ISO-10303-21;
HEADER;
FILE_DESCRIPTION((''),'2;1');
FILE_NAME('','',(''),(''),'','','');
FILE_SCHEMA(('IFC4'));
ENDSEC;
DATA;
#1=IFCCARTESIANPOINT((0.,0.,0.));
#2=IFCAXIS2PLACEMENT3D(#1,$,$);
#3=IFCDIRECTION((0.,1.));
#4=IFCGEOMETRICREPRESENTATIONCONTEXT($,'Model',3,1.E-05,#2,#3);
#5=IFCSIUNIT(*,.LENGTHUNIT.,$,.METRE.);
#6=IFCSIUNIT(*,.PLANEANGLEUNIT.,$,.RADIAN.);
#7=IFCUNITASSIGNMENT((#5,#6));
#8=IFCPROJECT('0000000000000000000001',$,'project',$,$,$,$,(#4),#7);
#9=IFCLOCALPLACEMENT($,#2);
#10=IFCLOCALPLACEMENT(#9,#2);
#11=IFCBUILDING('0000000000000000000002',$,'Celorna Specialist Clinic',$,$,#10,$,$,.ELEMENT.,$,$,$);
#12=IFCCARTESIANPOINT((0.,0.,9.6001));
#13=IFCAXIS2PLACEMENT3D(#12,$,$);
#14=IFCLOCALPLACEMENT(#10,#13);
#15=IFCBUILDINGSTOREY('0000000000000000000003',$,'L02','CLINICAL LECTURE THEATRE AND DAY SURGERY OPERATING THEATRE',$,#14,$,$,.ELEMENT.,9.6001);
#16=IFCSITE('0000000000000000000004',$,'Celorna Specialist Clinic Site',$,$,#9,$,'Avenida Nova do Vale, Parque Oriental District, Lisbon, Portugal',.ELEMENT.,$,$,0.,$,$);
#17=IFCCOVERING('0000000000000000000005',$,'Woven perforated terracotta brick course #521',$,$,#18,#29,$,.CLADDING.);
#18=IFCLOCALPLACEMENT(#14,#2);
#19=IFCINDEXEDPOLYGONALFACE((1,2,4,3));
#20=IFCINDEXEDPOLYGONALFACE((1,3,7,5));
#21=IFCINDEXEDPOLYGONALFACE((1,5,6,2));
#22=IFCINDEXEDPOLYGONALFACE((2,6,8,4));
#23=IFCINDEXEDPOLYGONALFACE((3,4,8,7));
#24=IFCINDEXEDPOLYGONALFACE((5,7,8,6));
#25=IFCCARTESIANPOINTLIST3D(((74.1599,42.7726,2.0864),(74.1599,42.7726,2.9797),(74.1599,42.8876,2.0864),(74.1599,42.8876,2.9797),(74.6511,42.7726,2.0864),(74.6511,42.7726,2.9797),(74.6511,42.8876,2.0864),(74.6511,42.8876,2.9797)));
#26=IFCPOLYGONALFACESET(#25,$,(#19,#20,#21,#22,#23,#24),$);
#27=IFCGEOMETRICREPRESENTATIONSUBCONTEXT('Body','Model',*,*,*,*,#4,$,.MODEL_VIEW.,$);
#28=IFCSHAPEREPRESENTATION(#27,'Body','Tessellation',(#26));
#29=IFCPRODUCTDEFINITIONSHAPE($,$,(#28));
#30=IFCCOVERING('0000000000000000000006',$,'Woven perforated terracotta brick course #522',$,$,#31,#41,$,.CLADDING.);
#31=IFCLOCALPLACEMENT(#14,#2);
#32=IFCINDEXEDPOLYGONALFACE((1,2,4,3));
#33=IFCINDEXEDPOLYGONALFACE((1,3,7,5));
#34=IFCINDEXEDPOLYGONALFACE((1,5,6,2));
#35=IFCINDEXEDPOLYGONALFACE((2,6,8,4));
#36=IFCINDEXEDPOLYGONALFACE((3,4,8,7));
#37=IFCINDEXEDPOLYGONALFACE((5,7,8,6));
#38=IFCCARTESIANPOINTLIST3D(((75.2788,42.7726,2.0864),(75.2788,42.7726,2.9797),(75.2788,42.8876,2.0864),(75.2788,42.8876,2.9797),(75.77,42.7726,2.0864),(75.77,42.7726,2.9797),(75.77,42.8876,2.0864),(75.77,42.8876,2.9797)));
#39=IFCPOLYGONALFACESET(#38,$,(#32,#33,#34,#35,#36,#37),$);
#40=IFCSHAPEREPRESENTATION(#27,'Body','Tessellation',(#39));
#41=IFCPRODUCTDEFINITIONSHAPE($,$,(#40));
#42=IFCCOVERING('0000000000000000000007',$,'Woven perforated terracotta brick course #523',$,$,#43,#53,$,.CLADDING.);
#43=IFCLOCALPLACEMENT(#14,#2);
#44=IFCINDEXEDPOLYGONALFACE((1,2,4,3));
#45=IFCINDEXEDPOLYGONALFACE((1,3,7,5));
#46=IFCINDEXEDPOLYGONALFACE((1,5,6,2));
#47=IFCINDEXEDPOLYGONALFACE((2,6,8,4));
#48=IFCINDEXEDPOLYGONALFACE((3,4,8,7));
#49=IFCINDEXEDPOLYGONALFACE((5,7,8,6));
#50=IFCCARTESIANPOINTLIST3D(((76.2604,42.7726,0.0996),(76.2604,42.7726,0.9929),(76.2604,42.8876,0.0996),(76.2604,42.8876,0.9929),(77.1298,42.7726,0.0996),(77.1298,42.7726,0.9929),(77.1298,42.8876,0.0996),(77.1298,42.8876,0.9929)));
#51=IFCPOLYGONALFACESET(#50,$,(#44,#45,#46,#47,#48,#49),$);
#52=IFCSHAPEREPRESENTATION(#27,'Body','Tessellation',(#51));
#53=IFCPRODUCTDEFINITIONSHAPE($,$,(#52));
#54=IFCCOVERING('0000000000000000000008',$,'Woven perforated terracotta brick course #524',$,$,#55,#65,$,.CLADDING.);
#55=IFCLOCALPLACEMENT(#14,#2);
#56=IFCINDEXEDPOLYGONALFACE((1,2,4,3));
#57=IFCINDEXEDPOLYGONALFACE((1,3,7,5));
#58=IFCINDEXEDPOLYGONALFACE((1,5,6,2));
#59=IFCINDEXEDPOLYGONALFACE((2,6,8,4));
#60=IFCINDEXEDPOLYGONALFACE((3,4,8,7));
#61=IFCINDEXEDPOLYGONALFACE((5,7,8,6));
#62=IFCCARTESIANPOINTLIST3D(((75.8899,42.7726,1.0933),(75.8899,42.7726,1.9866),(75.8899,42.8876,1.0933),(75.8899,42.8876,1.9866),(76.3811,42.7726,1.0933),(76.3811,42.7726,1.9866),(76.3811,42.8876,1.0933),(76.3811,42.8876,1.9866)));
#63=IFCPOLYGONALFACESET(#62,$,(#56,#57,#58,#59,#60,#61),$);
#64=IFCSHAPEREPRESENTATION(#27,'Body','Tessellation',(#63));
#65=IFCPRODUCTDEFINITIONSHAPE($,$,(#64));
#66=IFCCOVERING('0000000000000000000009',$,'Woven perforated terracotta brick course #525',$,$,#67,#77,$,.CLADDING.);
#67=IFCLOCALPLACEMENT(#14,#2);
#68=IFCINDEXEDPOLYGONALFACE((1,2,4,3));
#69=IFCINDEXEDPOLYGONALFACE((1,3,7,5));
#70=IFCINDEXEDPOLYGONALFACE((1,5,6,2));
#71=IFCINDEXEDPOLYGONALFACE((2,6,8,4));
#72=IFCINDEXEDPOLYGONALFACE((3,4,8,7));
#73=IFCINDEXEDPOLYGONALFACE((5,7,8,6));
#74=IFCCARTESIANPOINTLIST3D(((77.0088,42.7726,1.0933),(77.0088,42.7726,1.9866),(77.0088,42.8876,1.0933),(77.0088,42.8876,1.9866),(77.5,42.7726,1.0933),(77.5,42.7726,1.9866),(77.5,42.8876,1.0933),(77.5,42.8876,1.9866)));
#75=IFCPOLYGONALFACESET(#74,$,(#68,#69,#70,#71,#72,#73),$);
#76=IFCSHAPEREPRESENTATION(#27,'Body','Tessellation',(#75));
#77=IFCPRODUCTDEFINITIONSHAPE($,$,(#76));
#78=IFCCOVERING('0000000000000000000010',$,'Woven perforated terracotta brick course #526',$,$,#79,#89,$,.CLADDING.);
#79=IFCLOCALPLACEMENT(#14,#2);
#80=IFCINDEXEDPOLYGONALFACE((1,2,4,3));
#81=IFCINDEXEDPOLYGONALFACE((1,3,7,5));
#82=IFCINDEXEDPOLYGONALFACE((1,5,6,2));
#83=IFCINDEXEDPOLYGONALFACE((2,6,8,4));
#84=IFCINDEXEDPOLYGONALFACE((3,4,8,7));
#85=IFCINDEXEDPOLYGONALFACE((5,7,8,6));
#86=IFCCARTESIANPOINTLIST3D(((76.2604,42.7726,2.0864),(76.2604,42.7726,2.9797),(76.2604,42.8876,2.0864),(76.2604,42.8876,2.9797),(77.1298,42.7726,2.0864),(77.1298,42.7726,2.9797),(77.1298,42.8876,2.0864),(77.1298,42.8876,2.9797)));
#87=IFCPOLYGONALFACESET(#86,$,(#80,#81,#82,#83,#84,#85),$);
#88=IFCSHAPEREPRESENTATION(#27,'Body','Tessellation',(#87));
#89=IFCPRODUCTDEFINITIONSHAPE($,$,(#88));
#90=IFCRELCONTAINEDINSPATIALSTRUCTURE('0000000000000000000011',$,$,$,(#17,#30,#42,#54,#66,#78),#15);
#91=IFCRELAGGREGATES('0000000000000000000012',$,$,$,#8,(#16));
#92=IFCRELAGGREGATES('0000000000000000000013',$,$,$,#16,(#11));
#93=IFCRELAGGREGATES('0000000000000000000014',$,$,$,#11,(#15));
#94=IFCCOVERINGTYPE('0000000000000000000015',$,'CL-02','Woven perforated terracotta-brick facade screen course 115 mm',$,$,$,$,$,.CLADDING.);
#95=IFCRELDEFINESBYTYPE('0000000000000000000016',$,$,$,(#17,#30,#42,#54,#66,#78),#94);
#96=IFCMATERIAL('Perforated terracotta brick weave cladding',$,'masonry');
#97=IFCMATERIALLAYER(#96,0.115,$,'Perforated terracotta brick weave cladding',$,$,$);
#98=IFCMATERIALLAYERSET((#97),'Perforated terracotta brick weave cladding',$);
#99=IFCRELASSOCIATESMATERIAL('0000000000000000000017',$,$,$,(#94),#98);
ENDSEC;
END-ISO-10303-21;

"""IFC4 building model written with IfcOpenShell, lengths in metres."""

from ifc_helpers import new_model, si_unit, direction, frame, origin, origin_2d, place, context, subcontext, project, spatial, rectangle, extrude, material, layer, layer_set, type_object, element, save


model = new_model("IFC4")

# Units and contexts
model_context = context("Model", 3, precision=1e-05, world=origin(), true_north=direction((0.0, 1.0)))
body_context = subcontext(model_context, "Body", "Model", "MODEL_VIEW")
ifc_project = project(units=[si_unit("LENGTHUNIT", "METRE"), si_unit("PLANEANGLEUNIT", "RADIAN")], contexts=[model_context])

# Site, building, storey
site_placement = place(None, origin())
site = spatial("IfcSite", under=ifc_project, at=site_placement, Name="Celorna Specialist Clinic Site", LongName="Avenida Nova do Vale, Parque Oriental District, Lisbon, Portugal", CompositionType="ELEMENT", RefElevation=0.0)
building_placement = place(site_placement, origin())
building = spatial("IfcBuilding", under=site, at=building_placement, Name="Celorna Specialist Clinic", CompositionType="ELEMENT")
storey_placement = place(building_placement, frame((0.0, 0.0, 9.6001)))
storey = spatial("IfcBuildingStorey", under=building, at=storey_placement, Name="L02", Description="CLINICAL LECTURE THEATRE AND DAY SURGERY OPERATING THEATRE", CompositionType="ELEMENT", Elevation=9.6001)

# Coverings
ifc_material_1 = material(Name="Perforated terracotta brick weave cladding", Category="masonry")
ifc_layer_1 = layer(ifc_material_1, 0.115, Name="Perforated terracotta brick weave cladding")
ifc_layer_set_1 = layer_set([ifc_layer_1], Name="Perforated terracotta brick weave cladding")
covering_type = type_object("IfcCoveringType", Name="CL-02", Description="Woven perforated terracotta-brick facade screen course 115 mm", PredefinedType="CLADDING", material=ifc_layer_set_1)
for number, where, z_axis, x_axis, name in (
    (1, (74.4055, 42.8301, 2.0864), (0.0, 0.0, 1.0), (1.0, 0.0, 0.0), "Woven perforated terracotta brick course #521"),
    (2, (75.5244, 42.8301, 2.0864), (0.0, 0.0, 1.0), (1.0, 0.0, 0.0), "Woven perforated terracotta brick course #522"),
):
    element("IfcCovering", number, at=place(storey_placement, frame(where, z_axis=z_axis, x_axis=x_axis)), inside=storey, type_object=covering_type, Name=name, PredefinedType="CLADDING", context=body_context, shape_type="SweptSolid", body=[
        extrude(rectangle(XDim=0.4912, YDim=0.115, at=origin_2d()), origin(), (0.0, 0.0, 1.0), 0.8933),
    ])
covering_1_placement = place(storey_placement, frame((76.6951, 42.8301, 0.0996), z_axis=(0.0, 0.0, 1.0), x_axis=(1.0, 0.0, 0.0)))
element("IfcCovering", 3, at=covering_1_placement, inside=storey, type_object=covering_type, Name="Woven perforated terracotta brick course #523", PredefinedType="CLADDING", context=body_context, shape_type="SweptSolid", body=[
    extrude(rectangle(XDim=0.8694, YDim=0.115, at=origin_2d()), origin(), (0.0, 0.0, 1.0), 0.8933),
])
for number, where, z_axis, x_axis, name in (
    (4, (76.1355, 42.8301, 1.0933), (0.0, 0.0, 1.0), (1.0, 0.0, 0.0), "Woven perforated terracotta brick course #524"),
    (5, (77.2544, 42.8301, 1.0933), (0.0, 0.0, 1.0), (1.0, 0.0, 0.0), "Woven perforated terracotta brick course #525"),
):
    element("IfcCovering", number, at=place(storey_placement, frame(where, z_axis=z_axis, x_axis=x_axis)), inside=storey, type_object=covering_type, Name=name, PredefinedType="CLADDING", context=body_context, shape_type="SweptSolid", body=[
        extrude(rectangle(XDim=0.4912, YDim=0.115, at=origin_2d()), origin(), (0.0, 0.0, 1.0), 0.8933),
    ])
covering_2_placement = place(storey_placement, frame((76.6951, 42.8301, 2.0864), z_axis=(0.0, 0.0, 1.0), x_axis=(1.0, 0.0, 0.0)))
element("IfcCovering", 6, at=covering_2_placement, inside=storey, type_object=covering_type, Name="Woven perforated terracotta brick course #526", PredefinedType="CLADDING", context=body_context, shape_type="SweptSolid", body=[
    extrude(rectangle(XDim=0.8694, YDim=0.115, at=origin_2d()), origin(), (0.0, 0.0, 1.0), 0.8933),
])

save(model, "model.ifc")
